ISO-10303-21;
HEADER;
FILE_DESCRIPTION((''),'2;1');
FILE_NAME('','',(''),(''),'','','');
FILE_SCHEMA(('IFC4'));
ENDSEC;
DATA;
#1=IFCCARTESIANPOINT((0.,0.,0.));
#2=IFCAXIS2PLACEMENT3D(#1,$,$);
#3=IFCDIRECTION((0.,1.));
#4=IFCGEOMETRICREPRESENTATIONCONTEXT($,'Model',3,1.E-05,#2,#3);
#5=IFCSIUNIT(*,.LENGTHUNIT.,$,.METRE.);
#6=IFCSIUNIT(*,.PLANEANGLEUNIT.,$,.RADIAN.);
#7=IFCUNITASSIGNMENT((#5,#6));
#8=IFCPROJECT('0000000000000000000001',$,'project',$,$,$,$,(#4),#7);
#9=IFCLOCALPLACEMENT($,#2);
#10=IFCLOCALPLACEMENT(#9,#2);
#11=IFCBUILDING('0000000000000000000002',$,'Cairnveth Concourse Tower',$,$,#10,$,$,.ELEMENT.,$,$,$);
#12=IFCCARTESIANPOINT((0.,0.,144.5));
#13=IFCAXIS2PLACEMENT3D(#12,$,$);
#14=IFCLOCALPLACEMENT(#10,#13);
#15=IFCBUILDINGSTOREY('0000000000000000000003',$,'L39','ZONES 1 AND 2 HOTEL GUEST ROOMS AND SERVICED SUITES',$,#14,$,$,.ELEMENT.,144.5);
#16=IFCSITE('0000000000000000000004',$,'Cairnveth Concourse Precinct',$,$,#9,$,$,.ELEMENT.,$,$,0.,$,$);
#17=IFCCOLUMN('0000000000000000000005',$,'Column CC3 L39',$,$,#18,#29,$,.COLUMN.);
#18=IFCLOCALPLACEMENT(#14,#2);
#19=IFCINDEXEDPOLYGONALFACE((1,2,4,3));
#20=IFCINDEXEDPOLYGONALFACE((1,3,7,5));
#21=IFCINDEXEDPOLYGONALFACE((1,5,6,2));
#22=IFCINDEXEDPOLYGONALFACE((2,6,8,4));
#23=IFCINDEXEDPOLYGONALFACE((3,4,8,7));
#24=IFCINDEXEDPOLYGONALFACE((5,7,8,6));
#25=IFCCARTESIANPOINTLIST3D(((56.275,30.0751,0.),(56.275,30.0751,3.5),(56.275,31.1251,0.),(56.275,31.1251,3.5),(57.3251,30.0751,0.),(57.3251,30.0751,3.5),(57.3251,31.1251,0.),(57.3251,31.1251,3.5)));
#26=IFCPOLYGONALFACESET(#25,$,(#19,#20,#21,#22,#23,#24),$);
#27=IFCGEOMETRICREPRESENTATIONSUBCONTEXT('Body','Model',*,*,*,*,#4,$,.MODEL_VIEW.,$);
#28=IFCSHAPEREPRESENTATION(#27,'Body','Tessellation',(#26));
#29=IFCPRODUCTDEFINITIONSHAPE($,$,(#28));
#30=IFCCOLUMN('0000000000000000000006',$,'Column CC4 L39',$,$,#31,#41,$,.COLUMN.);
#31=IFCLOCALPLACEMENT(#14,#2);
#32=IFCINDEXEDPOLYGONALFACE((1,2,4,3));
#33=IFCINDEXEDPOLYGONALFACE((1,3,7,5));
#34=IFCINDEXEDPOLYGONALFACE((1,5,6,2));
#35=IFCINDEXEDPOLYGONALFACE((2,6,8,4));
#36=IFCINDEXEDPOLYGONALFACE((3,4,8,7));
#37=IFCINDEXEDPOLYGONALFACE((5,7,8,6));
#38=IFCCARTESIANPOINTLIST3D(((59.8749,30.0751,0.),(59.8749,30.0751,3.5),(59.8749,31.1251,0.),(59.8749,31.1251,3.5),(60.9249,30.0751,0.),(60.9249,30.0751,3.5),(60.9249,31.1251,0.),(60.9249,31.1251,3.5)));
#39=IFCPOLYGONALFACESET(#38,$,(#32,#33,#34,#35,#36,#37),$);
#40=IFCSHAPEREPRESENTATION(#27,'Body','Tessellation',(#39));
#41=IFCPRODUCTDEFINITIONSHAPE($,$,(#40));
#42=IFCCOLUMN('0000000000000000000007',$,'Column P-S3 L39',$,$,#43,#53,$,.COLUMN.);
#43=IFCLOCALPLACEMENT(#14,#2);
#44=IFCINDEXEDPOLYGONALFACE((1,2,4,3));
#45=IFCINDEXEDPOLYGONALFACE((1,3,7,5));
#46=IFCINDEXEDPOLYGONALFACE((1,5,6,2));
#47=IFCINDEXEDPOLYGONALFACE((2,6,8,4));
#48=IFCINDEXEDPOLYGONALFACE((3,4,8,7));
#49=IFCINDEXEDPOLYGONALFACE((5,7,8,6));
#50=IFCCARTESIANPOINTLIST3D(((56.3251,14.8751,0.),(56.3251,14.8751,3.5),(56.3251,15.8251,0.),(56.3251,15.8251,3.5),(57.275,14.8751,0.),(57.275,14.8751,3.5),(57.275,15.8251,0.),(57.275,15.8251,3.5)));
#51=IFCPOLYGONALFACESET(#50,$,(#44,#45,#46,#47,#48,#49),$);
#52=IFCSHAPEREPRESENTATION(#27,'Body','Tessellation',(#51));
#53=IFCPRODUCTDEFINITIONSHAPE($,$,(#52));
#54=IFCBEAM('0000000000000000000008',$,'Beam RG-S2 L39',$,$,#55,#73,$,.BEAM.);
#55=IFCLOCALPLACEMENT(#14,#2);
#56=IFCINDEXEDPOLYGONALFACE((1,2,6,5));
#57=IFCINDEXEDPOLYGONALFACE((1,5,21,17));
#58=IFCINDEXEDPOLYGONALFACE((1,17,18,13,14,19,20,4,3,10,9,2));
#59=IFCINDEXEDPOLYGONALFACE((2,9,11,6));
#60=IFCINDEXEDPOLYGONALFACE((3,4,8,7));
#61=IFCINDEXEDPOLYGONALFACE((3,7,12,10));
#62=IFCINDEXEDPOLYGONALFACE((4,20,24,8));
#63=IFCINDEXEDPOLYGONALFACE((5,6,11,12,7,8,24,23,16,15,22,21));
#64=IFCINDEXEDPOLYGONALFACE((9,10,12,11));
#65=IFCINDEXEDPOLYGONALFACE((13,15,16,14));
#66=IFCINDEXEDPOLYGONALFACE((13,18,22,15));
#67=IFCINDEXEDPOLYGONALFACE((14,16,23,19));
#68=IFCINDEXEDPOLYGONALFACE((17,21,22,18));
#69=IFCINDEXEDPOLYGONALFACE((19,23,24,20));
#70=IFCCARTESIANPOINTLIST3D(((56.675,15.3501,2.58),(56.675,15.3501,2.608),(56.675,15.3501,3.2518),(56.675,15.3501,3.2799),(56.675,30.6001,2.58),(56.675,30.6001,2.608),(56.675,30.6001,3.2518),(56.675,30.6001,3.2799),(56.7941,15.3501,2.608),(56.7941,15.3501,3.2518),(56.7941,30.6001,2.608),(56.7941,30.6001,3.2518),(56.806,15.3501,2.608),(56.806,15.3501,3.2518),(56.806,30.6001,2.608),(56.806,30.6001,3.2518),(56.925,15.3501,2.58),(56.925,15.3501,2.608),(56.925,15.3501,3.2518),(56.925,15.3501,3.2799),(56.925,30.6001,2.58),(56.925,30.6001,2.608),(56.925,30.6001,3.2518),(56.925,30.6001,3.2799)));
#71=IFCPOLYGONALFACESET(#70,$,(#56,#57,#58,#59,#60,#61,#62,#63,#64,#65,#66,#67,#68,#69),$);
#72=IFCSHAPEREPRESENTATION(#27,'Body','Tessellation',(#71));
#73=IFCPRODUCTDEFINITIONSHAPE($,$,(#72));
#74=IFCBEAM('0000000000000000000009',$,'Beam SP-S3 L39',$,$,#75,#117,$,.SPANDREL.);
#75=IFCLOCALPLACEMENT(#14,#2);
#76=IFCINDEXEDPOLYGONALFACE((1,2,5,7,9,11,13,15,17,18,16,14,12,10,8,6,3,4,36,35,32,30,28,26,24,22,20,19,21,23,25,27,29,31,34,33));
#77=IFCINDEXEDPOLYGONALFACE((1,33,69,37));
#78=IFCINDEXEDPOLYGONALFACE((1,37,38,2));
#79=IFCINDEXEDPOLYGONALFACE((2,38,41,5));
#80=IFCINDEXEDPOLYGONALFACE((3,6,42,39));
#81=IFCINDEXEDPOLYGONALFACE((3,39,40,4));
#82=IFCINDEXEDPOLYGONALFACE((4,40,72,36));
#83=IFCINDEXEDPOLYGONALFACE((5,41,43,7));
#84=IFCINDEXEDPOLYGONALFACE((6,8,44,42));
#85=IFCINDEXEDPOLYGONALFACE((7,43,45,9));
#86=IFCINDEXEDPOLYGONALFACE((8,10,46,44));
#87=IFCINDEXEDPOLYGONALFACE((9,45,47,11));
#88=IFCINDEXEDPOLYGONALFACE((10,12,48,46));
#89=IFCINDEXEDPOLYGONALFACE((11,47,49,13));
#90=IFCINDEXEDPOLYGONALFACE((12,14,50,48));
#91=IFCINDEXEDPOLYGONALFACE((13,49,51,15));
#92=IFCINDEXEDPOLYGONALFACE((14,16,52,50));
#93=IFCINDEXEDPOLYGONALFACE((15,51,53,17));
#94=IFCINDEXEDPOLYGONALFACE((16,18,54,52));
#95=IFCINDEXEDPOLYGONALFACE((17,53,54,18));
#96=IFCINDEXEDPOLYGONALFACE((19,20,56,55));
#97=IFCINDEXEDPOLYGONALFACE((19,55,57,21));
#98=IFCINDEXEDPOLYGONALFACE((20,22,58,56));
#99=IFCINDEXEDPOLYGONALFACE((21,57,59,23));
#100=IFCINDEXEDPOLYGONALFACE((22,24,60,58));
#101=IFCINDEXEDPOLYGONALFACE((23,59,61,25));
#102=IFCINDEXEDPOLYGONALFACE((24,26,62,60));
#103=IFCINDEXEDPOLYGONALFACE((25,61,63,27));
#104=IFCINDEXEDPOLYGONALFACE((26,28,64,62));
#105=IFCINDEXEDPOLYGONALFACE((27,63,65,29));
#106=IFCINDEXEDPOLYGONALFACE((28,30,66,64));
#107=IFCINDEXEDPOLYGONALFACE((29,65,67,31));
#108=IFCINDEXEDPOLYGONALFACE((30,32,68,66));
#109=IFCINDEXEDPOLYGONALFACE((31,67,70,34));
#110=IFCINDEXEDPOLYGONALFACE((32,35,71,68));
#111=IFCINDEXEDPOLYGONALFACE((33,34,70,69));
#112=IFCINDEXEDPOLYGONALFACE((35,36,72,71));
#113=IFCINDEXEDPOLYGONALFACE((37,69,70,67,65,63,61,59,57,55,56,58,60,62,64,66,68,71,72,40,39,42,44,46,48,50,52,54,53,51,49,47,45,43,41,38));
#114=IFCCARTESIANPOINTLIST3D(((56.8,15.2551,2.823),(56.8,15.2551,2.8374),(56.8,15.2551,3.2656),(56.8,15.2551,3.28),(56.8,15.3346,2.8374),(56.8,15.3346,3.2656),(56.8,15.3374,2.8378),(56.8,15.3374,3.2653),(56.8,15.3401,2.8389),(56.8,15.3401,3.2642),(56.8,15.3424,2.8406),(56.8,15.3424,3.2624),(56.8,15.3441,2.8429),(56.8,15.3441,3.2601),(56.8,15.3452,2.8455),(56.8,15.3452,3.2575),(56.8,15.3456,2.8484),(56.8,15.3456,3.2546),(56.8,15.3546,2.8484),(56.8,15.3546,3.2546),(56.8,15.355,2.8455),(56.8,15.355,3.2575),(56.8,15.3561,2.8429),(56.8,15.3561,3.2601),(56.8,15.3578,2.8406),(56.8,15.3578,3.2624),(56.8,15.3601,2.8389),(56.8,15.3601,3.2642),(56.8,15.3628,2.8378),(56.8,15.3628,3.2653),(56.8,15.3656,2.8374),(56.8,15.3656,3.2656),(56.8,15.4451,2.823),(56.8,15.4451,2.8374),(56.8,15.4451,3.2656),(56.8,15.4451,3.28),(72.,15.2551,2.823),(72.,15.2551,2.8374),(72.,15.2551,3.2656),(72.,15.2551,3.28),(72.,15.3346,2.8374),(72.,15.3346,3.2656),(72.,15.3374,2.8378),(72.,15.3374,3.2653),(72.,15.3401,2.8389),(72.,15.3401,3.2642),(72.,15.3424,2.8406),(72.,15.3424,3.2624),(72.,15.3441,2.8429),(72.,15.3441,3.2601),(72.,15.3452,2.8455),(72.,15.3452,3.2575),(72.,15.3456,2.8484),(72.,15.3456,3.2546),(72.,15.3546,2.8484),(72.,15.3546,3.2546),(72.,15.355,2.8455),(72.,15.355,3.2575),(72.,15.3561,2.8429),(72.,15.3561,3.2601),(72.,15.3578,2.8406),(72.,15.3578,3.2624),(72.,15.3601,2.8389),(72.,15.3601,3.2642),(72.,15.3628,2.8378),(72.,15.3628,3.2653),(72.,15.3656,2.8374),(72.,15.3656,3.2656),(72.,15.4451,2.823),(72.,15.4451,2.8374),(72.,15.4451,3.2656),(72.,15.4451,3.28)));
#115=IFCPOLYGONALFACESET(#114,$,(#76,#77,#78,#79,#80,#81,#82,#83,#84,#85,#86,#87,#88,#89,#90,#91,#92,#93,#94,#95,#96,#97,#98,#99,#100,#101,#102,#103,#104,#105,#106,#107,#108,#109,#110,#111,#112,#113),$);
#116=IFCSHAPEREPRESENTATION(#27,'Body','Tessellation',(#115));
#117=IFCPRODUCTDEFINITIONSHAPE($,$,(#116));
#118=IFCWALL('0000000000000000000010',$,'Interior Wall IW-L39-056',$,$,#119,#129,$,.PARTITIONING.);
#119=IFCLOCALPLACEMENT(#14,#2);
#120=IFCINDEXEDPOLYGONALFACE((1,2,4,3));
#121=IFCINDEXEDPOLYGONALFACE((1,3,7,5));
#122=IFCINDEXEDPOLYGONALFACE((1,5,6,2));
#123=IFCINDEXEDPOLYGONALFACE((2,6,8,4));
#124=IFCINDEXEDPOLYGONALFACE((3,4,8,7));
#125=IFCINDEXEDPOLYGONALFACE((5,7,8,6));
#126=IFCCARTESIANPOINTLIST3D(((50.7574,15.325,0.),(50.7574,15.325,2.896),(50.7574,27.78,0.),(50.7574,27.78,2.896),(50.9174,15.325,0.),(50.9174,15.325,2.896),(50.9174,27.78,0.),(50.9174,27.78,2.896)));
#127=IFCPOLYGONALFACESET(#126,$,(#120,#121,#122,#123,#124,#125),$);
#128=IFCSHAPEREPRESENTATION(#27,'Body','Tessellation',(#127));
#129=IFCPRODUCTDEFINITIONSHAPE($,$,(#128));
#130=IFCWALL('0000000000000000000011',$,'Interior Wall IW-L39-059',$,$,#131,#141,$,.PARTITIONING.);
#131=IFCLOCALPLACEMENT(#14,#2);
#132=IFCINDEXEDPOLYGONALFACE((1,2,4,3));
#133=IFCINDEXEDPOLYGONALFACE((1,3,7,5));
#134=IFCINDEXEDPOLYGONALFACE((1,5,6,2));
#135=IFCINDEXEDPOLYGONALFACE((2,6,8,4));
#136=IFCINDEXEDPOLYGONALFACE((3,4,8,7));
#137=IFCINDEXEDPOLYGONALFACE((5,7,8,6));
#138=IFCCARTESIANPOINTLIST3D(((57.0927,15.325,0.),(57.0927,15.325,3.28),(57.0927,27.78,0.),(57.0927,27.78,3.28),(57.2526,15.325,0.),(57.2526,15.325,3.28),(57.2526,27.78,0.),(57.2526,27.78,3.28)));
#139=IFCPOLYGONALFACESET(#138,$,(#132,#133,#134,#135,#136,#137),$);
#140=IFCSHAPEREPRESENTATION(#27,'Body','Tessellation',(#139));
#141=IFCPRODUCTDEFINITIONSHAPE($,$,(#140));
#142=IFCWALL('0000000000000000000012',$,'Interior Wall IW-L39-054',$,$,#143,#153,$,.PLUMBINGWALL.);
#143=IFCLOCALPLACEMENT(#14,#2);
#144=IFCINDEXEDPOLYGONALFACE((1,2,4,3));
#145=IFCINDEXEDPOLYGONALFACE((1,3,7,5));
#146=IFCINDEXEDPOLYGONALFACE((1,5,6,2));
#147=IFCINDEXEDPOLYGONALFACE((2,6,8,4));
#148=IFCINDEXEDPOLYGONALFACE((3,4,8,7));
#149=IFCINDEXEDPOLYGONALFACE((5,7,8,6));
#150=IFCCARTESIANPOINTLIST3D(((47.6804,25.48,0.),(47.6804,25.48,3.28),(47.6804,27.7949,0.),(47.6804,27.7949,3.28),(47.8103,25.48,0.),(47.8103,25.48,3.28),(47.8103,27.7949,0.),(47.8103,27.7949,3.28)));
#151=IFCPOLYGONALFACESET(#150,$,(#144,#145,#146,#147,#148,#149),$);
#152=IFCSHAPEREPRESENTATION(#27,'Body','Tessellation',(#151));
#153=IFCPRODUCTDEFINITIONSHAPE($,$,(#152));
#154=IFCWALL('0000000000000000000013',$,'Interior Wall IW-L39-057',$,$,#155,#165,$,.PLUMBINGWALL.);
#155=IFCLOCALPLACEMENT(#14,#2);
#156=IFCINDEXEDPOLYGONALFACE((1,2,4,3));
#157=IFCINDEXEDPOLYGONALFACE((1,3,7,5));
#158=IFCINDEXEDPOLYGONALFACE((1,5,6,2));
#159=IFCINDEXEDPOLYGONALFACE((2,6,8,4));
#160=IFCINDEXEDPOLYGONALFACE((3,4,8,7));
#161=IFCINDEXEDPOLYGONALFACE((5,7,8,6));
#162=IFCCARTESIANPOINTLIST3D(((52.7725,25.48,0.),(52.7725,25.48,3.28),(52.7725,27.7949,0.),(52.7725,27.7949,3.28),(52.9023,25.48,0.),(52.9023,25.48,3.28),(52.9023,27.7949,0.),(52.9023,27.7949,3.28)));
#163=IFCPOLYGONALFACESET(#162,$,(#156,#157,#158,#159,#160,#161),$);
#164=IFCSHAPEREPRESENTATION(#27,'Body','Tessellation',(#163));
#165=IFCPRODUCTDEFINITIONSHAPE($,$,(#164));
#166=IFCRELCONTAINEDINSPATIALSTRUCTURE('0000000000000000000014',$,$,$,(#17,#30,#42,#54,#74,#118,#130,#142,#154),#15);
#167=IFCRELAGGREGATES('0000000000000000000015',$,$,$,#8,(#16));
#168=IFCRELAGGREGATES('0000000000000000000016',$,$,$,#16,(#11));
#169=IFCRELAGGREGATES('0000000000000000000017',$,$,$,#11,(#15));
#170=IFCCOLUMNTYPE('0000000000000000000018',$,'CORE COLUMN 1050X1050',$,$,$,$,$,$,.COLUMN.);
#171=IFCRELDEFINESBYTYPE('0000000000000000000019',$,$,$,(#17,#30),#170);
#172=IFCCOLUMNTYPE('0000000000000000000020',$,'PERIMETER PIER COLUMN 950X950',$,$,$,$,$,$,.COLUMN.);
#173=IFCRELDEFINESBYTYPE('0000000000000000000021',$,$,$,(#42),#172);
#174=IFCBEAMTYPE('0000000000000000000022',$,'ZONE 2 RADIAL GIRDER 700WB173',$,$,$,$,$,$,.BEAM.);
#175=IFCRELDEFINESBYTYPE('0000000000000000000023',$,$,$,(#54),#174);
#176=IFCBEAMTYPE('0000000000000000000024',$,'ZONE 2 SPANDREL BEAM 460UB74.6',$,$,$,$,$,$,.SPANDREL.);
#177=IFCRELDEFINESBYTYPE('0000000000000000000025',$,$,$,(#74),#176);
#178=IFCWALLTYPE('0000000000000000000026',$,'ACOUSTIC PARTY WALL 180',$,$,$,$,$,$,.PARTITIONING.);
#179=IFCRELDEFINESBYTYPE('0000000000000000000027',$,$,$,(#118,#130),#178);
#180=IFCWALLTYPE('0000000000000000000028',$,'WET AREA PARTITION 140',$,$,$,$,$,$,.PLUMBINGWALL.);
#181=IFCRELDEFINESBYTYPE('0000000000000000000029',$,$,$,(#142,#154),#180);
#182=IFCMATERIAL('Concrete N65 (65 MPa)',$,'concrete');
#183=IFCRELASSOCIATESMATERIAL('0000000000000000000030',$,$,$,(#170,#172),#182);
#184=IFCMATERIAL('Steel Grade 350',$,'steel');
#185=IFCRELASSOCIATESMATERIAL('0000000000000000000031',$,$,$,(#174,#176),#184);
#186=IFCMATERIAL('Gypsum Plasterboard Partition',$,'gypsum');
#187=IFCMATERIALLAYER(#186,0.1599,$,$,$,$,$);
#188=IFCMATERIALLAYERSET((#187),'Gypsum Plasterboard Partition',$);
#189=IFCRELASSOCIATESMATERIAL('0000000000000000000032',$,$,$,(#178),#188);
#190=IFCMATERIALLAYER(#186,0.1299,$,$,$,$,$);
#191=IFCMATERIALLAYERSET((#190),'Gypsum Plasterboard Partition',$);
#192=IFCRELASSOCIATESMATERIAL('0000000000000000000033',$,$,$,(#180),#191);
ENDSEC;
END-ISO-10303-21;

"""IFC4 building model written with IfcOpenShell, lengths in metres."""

from ifc_helpers import new_model, si_unit, direction, frame, frame_2d, origin, origin_2d, place, context, subcontext, project, spatial, rectangle, i_section, extrude, material, layer, layer_set, material_profile, profile_set, type_object, element, save


model = new_model("IFC4")

# Units and contexts
model_context = context("Model", 3, precision=1e-05, world=origin(), true_north=direction((0.0, 1.0)))
body_context = subcontext(model_context, "Body", "Model", "MODEL_VIEW")
ifc_project = project(units=[si_unit("LENGTHUNIT", "METRE"), si_unit("PLANEANGLEUNIT", "RADIAN")], contexts=[model_context])

# Site, building, storey
site_placement = place(None, origin())
site = spatial("IfcSite", under=ifc_project, at=site_placement, Name="Cairnveth Concourse Precinct", CompositionType="ELEMENT", RefElevation=0.0)
building_placement = place(site_placement, origin())
building = spatial("IfcBuilding", under=site, at=building_placement, Name="Cairnveth Concourse Tower", CompositionType="ELEMENT")
storey_placement = place(building_placement, frame((0.0, 0.0, 144.5)))
storey = spatial("IfcBuildingStorey", under=building, at=storey_placement, Name="L39", Description="ZONES 1 AND 2 HOTEL GUEST ROOMS AND SERVICED SUITES", CompositionType="ELEMENT", Elevation=144.5)

# Columns
ifc_material_1 = material(Name="Concrete N65 (65 MPa)", Category="concrete")
ifc_material_profile_1 = material_profile(ifc_material_1, rectangle(XDim=1.05, YDim=1.05, at=origin_2d()), Name="RC-COL-1050x1050")
ifc_profile_set_1 = profile_set([ifc_material_profile_1], Name="Concrete N65 (65 MPa)")
column_type_1 = type_object("IfcColumnType", Name="CORE COLUMN 1050X1050", PredefinedType="COLUMN", material=ifc_profile_set_1)
for number, where, z_axis, x_axis, name in (
    (1, (56.8, 30.6001, 0.0), (0.0, 0.0, 1.0), (1.0, 0.0, 0.0), "Column CC3 L39"),
    (2, (60.3999, 30.6001, 0.0), (0.0, 0.0, 1.0), (1.0, 0.0, 0.0), "Column CC4 L39"),
):
    element("IfcColumn", number, at=place(storey_placement, frame(where, z_axis=z_axis, x_axis=x_axis)), inside=storey, type_object=column_type_1, Name=name, PredefinedType="COLUMN", context=body_context, shape_type="SweptSolid", body=[
        extrude(rectangle(XDim=1.05, YDim=1.05, at=origin_2d()), origin(), (0.0, 0.0, 1.0), 3.5),
    ])
ifc_material_profile_2 = material_profile(ifc_material_1, rectangle(XDim=0.95, YDim=0.95, at=origin_2d()), Name="RC-COL-950x950")
ifc_profile_set_2 = profile_set([ifc_material_profile_2], Name="Concrete N65 (65 MPa)")
column_type_2 = type_object("IfcColumnType", Name="PERIMETER PIER COLUMN 950X950", PredefinedType="COLUMN", material=ifc_profile_set_2)
column_placement = place(storey_placement, frame((56.8, 15.3501, 0.0), z_axis=(0.0, 0.0, 1.0), x_axis=(1.0, 0.0, 0.0)))
element("IfcColumn", 3, at=column_placement, inside=storey, type_object=column_type_2, Name="Column P-S3 L39", PredefinedType="COLUMN", context=body_context, shape_type="SweptSolid", body=[
    extrude(rectangle(XDim=0.95, YDim=0.95, at=origin_2d()), origin(), (0.0, 0.0, 1.0), 3.5),
])

# Beams
ifc_material_2 = material(Name="Steel Grade 350", Category="steel")
ifc_material_profile_3 = material_profile(ifc_material_2, i_section(OverallWidth=0.25, OverallDepth=0.7, WebThickness=0.012, FlangeThickness=0.0281, at=origin_2d()), Name="700WB173")
ifc_profile_set_3 = profile_set([ifc_material_profile_3], Name="Steel Grade 350")
beam_type_1 = type_object("IfcBeamType", Name="ZONE 2 RADIAL GIRDER 700WB173", PredefinedType="BEAM", material=ifc_profile_set_3)
beam_1_placement = place(storey_placement, frame((56.8, 15.3501, 2.9299), z_axis=(0.0, 1.0, 0.0), x_axis=(-1.0, 0.0, 0.0)))
element("IfcBeam", 4, at=beam_1_placement, inside=storey, type_object=beam_type_1, Name="Beam RG-S2 L39", PredefinedType="BEAM", context=body_context, shape_type="SweptSolid", body=[
    extrude(i_section(OverallWidth=0.25, OverallDepth=0.7, WebThickness=0.012, FlangeThickness=0.0281, at=origin_2d()), origin(), (0.0, 0.0, 1.0), 15.25),
])
ifc_material_profile_4 = material_profile(ifc_material_2, i_section(OverallWidth=0.1899, OverallDepth=0.457, WebThickness=0.009, FlangeThickness=0.0144, FilletRadius=0.011, at=origin_2d()), Name="460UB74.6")
ifc_profile_set_4 = profile_set([ifc_material_profile_4], Name="Steel Grade 350")
beam_type_2 = type_object("IfcBeamType", Name="ZONE 2 SPANDREL BEAM 460UB74.6", PredefinedType="SPANDREL", material=ifc_profile_set_4)
beam_2_placement = place(storey_placement, frame((56.8, 15.3501, 3.0515), z_axis=(1.0, 0.0, 0.0), x_axis=(0.0, 1.0, 0.0)))
element("IfcBeam", 5, at=beam_2_placement, inside=storey, type_object=beam_type_2, Name="Beam SP-S3 L39", PredefinedType="SPANDREL", context=body_context, shape_type="SweptSolid", body=[
    extrude(i_section(OverallWidth=0.1899, OverallDepth=0.457, WebThickness=0.009, FlangeThickness=0.0144, FilletRadius=0.011, at=origin_2d()), origin(), (0.0, 0.0, 1.0), 15.2),
])

# Walls
ifc_material_3 = material(Name="Gypsum Plasterboard Partition", Category="gypsum")
ifc_layer_1 = layer(ifc_material_3, 0.1599)
ifc_layer_set_1 = layer_set([ifc_layer_1], Name="Gypsum Plasterboard Partition")
wall_type_1 = type_object("IfcWallType", Name="ACOUSTIC PARTY WALL 180", PredefinedType="PARTITIONING", material=ifc_layer_set_1)
wall_1_placement = place(storey_placement, frame((50.8374, 15.325, 0.0), z_axis=(0.0, 0.0, 1.0), x_axis=(0.0, 1.0, 0.0)))
element("IfcWall", 6, at=wall_1_placement, inside=storey, type_object=wall_type_1, Name="Interior Wall IW-L39-056", PredefinedType="PARTITIONING", context=body_context, shape_type="SweptSolid", body=[
    extrude(rectangle(XDim=12.4551, YDim=0.1599, at=frame_2d((6.2275, 0.0))), origin(), (0.0, 0.0, 1.0), 2.896),
])
wall_2_placement = place(storey_placement, frame((57.1726, 15.325, 0.0), z_axis=(0.0, 0.0, 1.0), x_axis=(0.0, 1.0, 0.0)))
element("IfcWall", 7, at=wall_2_placement, inside=storey, type_object=wall_type_1, Name="Interior Wall IW-L39-059", PredefinedType="PARTITIONING", context=body_context, shape_type="SweptSolid", body=[
    extrude(rectangle(XDim=12.4551, YDim=0.1599, at=frame_2d((6.2275, 0.0))), origin(), (0.0, 0.0, 1.0), 3.28),
])
ifc_layer_2 = layer(ifc_material_3, 0.1299)
ifc_layer_set_2 = layer_set([ifc_layer_2], Name="Gypsum Plasterboard Partition")
wall_type_2 = type_object("IfcWallType", Name="WET AREA PARTITION 140", PredefinedType="PLUMBINGWALL", material=ifc_layer_set_2)
for number, where, z_axis, x_axis, name in (
    (8, (47.7454, 25.48, 0.0), (0.0, 0.0, 1.0), (0.0, 1.0, 0.0), "Interior Wall IW-L39-054"),
    (9, (52.8374, 25.48, 0.0), (0.0, 0.0, 1.0), (0.0, 1.0, 0.0), "Interior Wall IW-L39-057"),
):
    element("IfcWall", number, at=place(storey_placement, frame(where, z_axis=z_axis, x_axis=x_axis)), inside=storey, type_object=wall_type_2, Name=name, PredefinedType="PLUMBINGWALL", context=body_context, shape_type="SweptSolid", body=[
        extrude(rectangle(XDim=2.3149, YDim=0.1299, at=frame_2d((1.1575, 0.0))), origin(), (0.0, 0.0, 1.0), 3.28),
    ])

save(model, "model.ifc")
